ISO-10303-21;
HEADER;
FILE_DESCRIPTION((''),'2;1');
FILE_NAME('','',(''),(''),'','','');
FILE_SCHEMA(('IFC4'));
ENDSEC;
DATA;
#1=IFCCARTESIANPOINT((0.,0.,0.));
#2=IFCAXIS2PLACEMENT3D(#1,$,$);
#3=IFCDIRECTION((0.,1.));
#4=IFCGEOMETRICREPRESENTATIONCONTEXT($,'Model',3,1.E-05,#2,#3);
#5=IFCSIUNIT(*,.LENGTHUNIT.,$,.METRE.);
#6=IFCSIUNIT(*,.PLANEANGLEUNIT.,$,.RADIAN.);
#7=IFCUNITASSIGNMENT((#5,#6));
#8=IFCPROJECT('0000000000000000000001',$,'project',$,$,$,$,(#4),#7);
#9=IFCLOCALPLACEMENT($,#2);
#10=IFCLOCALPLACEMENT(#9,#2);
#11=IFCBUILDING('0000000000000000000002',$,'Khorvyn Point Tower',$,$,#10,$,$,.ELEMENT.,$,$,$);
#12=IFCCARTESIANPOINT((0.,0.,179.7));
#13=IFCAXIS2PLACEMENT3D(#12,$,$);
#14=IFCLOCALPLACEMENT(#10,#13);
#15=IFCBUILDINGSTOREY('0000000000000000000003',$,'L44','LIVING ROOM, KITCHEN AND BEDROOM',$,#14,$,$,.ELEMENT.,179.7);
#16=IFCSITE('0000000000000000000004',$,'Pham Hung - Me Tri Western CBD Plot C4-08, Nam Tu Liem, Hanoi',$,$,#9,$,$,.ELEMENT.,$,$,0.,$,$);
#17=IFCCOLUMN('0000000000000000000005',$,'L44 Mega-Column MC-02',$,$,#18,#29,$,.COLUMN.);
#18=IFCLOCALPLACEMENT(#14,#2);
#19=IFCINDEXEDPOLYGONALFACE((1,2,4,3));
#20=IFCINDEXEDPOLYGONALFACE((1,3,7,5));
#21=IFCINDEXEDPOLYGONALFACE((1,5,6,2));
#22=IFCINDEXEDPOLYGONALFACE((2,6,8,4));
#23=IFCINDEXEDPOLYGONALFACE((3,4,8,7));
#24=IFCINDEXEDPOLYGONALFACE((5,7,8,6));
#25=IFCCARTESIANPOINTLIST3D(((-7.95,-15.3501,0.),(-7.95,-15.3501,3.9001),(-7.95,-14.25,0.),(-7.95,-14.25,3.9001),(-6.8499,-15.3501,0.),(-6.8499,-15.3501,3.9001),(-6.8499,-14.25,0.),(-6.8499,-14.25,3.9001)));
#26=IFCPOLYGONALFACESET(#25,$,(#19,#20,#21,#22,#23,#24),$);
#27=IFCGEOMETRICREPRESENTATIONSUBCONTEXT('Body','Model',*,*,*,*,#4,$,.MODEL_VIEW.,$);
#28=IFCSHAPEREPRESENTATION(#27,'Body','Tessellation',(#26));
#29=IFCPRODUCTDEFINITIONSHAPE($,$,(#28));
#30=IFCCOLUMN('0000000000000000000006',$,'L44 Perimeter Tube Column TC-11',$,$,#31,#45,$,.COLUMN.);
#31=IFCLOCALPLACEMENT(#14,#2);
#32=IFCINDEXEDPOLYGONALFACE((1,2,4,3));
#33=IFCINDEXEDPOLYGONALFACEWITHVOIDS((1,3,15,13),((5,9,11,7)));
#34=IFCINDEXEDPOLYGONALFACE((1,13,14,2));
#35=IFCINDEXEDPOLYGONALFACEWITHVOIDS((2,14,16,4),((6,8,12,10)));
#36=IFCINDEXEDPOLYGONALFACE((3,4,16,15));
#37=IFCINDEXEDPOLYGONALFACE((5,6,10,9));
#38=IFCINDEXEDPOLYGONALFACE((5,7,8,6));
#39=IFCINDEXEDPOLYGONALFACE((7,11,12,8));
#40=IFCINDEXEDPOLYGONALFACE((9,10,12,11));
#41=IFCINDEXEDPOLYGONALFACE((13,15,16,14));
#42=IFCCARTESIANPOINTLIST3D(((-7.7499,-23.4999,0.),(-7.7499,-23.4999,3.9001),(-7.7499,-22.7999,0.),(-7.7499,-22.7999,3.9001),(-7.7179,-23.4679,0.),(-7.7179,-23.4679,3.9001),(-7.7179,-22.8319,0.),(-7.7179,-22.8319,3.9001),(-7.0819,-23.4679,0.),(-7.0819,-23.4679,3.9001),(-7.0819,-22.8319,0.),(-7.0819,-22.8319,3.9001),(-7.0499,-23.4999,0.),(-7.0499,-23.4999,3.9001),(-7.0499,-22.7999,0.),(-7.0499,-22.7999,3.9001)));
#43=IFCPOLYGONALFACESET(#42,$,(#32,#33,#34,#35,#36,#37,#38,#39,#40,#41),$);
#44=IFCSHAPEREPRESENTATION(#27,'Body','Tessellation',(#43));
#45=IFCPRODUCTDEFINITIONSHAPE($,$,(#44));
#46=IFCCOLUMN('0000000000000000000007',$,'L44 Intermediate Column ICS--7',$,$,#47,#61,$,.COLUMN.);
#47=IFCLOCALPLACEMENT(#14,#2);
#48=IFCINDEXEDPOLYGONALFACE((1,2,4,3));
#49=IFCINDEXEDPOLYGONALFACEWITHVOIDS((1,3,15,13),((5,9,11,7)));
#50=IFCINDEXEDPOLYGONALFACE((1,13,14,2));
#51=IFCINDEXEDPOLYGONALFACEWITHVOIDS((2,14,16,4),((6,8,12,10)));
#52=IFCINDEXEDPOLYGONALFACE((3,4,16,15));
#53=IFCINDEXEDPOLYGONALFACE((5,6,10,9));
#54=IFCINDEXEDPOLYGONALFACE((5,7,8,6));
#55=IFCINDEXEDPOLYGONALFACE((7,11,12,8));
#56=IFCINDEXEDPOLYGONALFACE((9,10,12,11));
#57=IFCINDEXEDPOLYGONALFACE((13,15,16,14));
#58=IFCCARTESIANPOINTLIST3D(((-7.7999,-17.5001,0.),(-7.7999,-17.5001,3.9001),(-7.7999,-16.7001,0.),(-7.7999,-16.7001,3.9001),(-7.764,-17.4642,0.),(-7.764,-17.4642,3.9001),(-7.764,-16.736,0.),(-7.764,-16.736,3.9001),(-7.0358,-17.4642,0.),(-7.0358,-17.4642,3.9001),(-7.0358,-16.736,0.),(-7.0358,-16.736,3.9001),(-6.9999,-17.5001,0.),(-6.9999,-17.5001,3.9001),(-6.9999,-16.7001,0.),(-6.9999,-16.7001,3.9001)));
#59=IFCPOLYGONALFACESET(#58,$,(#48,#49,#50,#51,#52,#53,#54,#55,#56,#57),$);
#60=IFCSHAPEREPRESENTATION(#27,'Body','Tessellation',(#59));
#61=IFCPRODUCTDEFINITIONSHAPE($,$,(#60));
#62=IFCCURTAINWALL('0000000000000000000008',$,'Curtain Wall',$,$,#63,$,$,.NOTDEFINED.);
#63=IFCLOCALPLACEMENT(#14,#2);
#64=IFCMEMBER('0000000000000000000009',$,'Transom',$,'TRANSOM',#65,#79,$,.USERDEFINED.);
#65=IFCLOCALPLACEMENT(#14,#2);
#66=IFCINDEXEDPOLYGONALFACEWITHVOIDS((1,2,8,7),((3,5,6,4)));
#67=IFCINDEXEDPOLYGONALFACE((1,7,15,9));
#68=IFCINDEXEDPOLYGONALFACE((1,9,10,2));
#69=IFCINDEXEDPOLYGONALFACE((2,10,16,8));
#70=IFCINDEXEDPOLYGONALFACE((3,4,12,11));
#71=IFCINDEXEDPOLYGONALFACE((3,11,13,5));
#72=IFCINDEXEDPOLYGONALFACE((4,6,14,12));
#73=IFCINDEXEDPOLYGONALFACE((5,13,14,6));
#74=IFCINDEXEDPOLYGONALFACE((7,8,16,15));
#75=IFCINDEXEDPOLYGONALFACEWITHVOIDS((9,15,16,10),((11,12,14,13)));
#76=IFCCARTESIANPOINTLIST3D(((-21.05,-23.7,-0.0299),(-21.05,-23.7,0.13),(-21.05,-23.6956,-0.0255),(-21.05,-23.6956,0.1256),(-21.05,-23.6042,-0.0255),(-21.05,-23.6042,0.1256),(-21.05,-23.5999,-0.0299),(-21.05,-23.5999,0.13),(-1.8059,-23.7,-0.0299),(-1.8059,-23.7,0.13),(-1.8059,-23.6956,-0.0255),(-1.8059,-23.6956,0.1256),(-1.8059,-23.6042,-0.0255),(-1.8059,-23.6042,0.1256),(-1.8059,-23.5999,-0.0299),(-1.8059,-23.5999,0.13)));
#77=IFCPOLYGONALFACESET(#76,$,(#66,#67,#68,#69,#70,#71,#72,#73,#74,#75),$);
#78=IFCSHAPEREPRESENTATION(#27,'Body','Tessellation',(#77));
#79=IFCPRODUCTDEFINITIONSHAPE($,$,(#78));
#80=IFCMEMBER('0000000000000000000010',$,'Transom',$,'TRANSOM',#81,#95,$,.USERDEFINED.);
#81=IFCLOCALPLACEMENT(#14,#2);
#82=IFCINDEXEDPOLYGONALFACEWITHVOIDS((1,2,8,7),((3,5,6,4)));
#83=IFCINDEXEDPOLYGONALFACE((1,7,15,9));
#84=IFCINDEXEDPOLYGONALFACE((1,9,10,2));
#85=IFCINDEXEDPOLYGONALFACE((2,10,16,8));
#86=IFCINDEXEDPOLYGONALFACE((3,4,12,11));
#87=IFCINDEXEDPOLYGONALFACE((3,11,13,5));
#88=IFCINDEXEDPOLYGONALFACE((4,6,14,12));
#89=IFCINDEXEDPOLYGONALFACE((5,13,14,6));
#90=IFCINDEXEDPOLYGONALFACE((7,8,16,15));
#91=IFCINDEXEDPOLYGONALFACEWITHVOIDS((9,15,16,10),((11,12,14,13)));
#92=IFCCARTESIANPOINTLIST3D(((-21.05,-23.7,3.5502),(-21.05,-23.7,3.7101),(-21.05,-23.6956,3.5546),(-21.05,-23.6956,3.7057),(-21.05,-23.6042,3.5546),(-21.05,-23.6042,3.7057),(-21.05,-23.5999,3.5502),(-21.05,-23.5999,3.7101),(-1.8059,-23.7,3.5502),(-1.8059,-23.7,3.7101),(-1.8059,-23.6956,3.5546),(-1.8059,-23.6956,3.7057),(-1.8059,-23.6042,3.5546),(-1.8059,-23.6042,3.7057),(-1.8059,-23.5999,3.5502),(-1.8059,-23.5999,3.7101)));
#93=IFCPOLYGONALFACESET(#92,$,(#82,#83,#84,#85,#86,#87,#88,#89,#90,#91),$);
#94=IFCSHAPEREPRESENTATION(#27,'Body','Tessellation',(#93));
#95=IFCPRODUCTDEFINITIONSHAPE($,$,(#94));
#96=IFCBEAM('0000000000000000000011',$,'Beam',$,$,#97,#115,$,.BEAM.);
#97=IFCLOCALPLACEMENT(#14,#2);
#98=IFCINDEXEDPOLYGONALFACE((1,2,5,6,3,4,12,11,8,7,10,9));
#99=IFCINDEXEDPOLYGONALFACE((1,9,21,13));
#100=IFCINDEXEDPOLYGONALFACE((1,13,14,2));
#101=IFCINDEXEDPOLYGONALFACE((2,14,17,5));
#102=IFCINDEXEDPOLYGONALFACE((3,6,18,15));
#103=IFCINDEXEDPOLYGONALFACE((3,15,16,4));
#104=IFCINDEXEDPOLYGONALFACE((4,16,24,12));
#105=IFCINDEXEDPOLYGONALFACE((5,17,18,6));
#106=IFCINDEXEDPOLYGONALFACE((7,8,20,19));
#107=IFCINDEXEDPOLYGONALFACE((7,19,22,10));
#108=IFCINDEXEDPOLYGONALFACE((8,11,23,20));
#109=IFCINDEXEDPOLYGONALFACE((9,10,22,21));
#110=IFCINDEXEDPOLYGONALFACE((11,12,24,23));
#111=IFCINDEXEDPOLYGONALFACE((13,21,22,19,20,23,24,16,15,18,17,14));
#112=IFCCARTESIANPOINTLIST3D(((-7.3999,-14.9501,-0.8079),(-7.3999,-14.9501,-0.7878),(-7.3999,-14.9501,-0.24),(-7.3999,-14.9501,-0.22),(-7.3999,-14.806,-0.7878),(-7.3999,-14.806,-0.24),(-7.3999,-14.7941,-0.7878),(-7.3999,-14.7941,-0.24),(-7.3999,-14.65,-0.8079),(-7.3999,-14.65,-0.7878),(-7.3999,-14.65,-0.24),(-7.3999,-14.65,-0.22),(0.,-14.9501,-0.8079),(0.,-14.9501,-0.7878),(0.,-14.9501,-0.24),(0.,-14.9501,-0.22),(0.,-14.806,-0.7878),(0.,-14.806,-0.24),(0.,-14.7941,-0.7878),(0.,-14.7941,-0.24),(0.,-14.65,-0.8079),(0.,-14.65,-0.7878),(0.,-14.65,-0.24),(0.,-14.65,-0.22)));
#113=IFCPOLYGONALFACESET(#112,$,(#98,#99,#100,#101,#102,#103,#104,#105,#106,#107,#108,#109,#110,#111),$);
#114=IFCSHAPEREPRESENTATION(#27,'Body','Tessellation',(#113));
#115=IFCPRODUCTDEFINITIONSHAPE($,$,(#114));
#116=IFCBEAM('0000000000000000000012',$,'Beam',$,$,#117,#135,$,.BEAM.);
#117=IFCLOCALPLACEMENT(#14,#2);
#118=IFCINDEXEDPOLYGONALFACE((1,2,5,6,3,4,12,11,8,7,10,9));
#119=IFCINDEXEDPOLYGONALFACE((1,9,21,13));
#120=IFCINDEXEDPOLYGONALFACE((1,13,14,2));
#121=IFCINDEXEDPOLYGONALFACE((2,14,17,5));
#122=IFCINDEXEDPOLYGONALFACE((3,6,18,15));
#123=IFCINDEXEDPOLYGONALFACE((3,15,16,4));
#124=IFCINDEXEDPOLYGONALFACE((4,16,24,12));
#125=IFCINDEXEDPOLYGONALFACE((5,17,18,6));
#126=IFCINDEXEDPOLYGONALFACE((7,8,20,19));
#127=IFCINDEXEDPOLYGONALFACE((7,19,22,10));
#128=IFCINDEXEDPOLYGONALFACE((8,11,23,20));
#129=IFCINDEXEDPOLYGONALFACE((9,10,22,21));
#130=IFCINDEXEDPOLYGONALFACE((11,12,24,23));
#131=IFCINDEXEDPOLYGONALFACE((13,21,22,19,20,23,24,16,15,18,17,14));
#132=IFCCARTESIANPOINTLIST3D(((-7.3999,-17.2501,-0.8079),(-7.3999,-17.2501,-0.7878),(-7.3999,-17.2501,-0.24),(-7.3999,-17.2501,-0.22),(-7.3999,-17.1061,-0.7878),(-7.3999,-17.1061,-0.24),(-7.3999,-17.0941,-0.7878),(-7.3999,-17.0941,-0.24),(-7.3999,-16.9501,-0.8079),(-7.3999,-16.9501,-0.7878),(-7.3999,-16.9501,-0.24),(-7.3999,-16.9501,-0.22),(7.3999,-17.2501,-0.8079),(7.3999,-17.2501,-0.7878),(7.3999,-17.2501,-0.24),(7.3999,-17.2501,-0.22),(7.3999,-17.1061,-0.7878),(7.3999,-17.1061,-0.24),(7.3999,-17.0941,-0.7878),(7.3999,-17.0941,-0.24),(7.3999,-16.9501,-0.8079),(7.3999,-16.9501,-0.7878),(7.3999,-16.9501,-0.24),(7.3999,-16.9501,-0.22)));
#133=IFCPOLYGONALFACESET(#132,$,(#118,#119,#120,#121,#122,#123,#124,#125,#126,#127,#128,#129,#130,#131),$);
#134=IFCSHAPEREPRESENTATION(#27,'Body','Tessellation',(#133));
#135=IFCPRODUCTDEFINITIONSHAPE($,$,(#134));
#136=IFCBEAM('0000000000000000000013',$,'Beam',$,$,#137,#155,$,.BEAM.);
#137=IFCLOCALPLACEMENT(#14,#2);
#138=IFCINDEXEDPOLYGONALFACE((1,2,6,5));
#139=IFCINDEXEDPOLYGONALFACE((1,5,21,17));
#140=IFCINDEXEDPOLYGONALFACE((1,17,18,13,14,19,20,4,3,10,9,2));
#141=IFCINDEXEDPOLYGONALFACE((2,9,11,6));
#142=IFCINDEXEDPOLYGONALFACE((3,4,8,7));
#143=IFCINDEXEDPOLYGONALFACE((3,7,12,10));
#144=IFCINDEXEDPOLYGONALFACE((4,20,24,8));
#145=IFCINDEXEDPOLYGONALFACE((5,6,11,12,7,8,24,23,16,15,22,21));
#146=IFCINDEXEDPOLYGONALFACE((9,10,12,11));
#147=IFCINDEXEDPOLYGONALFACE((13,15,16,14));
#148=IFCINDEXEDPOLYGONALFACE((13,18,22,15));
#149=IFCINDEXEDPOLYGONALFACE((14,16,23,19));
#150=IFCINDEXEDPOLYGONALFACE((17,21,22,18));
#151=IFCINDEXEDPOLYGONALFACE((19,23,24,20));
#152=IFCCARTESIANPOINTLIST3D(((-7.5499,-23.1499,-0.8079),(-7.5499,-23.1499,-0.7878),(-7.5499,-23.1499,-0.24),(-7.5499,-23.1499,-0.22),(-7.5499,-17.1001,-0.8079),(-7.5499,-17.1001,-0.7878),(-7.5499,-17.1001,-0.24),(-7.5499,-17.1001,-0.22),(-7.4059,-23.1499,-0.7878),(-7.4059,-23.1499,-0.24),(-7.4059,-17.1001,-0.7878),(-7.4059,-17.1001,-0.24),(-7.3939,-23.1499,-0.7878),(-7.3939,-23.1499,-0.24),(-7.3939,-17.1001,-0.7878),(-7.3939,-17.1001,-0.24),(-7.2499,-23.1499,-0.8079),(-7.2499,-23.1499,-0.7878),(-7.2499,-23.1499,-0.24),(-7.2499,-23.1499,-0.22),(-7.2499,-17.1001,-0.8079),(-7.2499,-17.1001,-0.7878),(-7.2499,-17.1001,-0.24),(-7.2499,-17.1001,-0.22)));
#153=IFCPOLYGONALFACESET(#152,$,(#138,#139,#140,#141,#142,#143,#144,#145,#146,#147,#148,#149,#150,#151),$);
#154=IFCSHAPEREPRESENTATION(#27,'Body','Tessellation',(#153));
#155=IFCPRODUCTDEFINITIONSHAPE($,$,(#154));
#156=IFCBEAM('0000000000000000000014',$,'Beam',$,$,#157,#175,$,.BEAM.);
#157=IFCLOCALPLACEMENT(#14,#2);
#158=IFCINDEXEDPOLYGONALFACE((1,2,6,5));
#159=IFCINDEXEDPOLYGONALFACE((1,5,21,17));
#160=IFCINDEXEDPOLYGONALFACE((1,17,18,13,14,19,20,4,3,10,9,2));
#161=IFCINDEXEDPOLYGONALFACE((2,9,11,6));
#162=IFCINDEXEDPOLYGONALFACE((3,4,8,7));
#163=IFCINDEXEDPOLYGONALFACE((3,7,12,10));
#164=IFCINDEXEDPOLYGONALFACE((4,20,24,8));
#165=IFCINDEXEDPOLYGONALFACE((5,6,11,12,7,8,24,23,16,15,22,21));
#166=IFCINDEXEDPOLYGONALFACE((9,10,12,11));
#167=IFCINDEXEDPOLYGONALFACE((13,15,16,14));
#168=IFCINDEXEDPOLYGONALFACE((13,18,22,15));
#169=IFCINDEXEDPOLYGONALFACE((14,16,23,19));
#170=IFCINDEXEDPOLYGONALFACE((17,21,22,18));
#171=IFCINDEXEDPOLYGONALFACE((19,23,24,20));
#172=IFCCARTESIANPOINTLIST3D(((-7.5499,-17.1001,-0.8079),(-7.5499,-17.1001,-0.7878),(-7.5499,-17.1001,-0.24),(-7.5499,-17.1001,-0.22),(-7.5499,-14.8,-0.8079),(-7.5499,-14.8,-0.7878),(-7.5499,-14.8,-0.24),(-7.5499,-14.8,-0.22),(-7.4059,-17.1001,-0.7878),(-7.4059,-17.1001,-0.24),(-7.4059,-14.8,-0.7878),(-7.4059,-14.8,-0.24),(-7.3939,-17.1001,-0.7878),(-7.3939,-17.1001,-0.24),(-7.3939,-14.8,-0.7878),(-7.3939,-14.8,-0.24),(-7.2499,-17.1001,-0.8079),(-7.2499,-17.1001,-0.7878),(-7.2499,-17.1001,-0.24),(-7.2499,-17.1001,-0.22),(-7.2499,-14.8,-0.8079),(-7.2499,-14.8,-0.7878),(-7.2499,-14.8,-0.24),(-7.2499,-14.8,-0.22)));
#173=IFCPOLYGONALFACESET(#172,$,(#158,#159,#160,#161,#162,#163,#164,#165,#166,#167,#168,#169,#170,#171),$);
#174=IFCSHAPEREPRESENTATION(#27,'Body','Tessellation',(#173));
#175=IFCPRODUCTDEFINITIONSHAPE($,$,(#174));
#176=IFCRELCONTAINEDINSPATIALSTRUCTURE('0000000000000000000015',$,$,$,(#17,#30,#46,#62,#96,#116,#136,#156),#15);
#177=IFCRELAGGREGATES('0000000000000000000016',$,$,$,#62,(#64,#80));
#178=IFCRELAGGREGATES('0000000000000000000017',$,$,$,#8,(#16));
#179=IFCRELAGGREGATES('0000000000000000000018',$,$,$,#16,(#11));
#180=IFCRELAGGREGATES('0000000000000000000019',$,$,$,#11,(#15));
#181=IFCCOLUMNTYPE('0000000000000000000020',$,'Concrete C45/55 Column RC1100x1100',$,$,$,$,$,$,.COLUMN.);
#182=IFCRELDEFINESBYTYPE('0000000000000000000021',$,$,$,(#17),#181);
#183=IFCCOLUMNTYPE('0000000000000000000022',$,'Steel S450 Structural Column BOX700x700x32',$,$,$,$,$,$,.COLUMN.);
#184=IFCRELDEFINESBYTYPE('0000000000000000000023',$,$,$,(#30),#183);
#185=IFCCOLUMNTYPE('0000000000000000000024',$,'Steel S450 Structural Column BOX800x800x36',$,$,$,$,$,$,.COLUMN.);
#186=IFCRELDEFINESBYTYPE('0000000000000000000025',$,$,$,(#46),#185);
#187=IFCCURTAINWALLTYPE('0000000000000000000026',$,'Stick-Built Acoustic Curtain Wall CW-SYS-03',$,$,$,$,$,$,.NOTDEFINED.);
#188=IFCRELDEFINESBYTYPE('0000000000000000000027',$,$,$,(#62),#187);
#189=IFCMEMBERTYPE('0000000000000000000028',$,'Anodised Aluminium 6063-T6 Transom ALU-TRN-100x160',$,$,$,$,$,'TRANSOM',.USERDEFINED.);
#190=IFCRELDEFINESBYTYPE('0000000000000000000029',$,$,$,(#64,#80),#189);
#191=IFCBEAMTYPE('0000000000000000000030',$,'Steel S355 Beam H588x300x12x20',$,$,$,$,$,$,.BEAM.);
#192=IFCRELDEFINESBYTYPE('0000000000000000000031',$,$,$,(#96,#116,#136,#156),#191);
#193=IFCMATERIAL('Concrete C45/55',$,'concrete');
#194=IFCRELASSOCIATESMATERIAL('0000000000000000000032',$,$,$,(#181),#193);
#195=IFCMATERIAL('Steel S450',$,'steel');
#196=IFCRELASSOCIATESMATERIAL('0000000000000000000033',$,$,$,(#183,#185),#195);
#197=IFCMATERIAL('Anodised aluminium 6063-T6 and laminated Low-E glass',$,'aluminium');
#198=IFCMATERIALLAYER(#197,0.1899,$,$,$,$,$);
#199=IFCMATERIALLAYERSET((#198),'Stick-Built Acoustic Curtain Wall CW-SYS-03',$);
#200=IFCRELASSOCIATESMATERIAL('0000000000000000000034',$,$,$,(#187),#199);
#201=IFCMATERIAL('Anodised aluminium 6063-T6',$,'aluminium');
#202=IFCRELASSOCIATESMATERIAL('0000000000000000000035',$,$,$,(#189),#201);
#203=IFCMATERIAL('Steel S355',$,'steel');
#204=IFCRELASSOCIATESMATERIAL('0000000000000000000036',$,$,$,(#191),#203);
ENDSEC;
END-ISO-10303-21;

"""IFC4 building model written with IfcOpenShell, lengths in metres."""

from ifc_helpers import new_model, si_unit, direction, frame, origin, origin_2d, place, context, subcontext, project, spatial, rectangle, hollow_rectangle, i_section, extrude, material, layer, layer_set, material_profile, profile_set, type_object, element, aggregate, save


model = new_model("IFC4")

# Units and contexts
model_context = context("Model", 3, precision=1e-05, world=origin(), true_north=direction((0.0, 1.0)))
body_context = subcontext(model_context, "Body", "Model", "MODEL_VIEW")
ifc_project = project(units=[si_unit("LENGTHUNIT", "METRE"), si_unit("PLANEANGLEUNIT", "RADIAN")], contexts=[model_context])

# Site, building, storey
site_placement = place(None, origin())
site = spatial("IfcSite", under=ifc_project, at=site_placement, Name="Pham Hung - Me Tri Western CBD Plot C4-08, Nam Tu Liem, Hanoi", CompositionType="ELEMENT", RefElevation=0.0)
building_placement = place(site_placement, origin())
building = spatial("IfcBuilding", under=site, at=building_placement, Name="Khorvyn Point Tower", CompositionType="ELEMENT")
storey_placement = place(building_placement, frame((0.0, 0.0, 179.7)))
storey = spatial("IfcBuildingStorey", under=building, at=storey_placement, Name="L44", Description="LIVING ROOM, KITCHEN AND BEDROOM", CompositionType="ELEMENT", Elevation=179.7)

# Columns
ifc_material_1 = material(Name="Concrete C45/55", Category="concrete")
ifc_material_profile_1 = material_profile(ifc_material_1, rectangle(XDim=1.1001, YDim=1.1001, at=origin_2d()))
ifc_profile_set_1 = profile_set([ifc_material_profile_1], Name="Concrete C45/55 RC1100x1100")
column_type_1 = type_object("IfcColumnType", Name="Concrete C45/55 Column RC1100x1100", PredefinedType="COLUMN", material=ifc_profile_set_1)
column_1_placement = place(storey_placement, frame((-7.3999, -14.8, 0.0), z_axis=(0.0, 0.0, 1.0), x_axis=(1.0, 0.0, 0.0)))
element("IfcColumn", 1, at=column_1_placement, inside=storey, type_object=column_type_1, Name="L44 Mega-Column MC-02", PredefinedType="COLUMN", context=body_context, shape_type="SweptSolid", body=[
    extrude(rectangle(XDim=1.1001, YDim=1.1001, at=origin_2d()), origin(), (0.0, 0.0, 1.0), 3.9001),
])
ifc_material_2 = material(Name="Steel S450", Category="steel")
ifc_material_profile_2 = material_profile(ifc_material_2, hollow_rectangle(XDim=0.7, YDim=0.7, WallThickness=0.032, at=origin_2d()))
ifc_profile_set_2 = profile_set([ifc_material_profile_2], Name="Steel S450 BOX700x700x32")
column_type_2 = type_object("IfcColumnType", Name="Steel S450 Structural Column BOX700x700x32", PredefinedType="COLUMN", material=ifc_profile_set_2)
column_2_placement = place(storey_placement, frame((-7.3999, -23.1499, 0.0), z_axis=(0.0, 0.0, 1.0), x_axis=(1.0, 0.0, 0.0)))
element("IfcColumn", 2, at=column_2_placement, inside=storey, type_object=column_type_2, Name="L44 Perimeter Tube Column TC-11", PredefinedType="COLUMN", context=body_context, shape_type="SweptSolid", body=[
    extrude(hollow_rectangle(XDim=0.7, YDim=0.7, WallThickness=0.032, at=origin_2d()), origin(), (0.0, 0.0, 1.0), 3.9001),
])
ifc_material_profile_3 = material_profile(ifc_material_2, hollow_rectangle(XDim=0.8, YDim=0.8, WallThickness=0.0359, at=origin_2d()))
ifc_profile_set_3 = profile_set([ifc_material_profile_3], Name="Steel S450 BOX800x800x36")
column_type_3 = type_object("IfcColumnType", Name="Steel S450 Structural Column BOX800x800x36", PredefinedType="COLUMN", material=ifc_profile_set_3)
column_3_placement = place(storey_placement, frame((-7.3999, -17.1001, 0.0), z_axis=(0.0, 0.0, 1.0), x_axis=(1.0, 0.0, 0.0)))
element("IfcColumn", 3, at=column_3_placement, inside=storey, type_object=column_type_3, Name="L44 Intermediate Column ICS--7", PredefinedType="COLUMN", context=body_context, shape_type="SweptSolid", body=[
    extrude(hollow_rectangle(XDim=0.8, YDim=0.8, WallThickness=0.0359, at=origin_2d()), origin(), (0.0, 0.0, 1.0), 3.9001),
])

# Curtain wall, members
ifc_material_3 = material(Name="Anodised aluminium 6063-T6 and laminated Low-E glass", Category="aluminium")
ifc_layer_1 = layer(ifc_material_3, 0.1899)
ifc_layer_set_1 = layer_set([ifc_layer_1], Name="Stick-Built Acoustic Curtain Wall CW-SYS-03")
curtain_wall_type = type_object("IfcCurtainWallType", Name="Stick-Built Acoustic Curtain Wall CW-SYS-03", PredefinedType="NOTDEFINED", material=ifc_layer_set_1)
curtain_wall_placement = place(storey_placement, origin())
curtain_wall = element("IfcCurtainWall", 4, at=curtain_wall_placement, inside=storey, type_object=curtain_wall_type, Name="Curtain Wall", PredefinedType="NOTDEFINED")
ifc_material_4 = material(Name="Anodised aluminium 6063-T6", Category="aluminium")
ifc_material_profile_4 = material_profile(ifc_material_4, hollow_rectangle(XDim=0.1001, YDim=0.1599, WallThickness=0.0044, at=origin_2d()))
ifc_profile_set_4 = profile_set([ifc_material_profile_4], Name="Anodised aluminium 6063-T6 ALU-TRN-100x160")
member_type = type_object("IfcMemberType", Name="Anodised Aluminium 6063-T6 Transom ALU-TRN-100x160", ElementType="TRANSOM", PredefinedType="USERDEFINED", material=ifc_profile_set_4)
member_1_placement = place(storey_placement, frame((-1.8059, -23.6499, 0.05), z_axis=(-1.0, 0.0, 0.0), x_axis=(0.0, -1.0, 0.0)))
member_1 = element("IfcMember", 5, at=member_1_placement, type_object=member_type, Name="Transom", ObjectType="TRANSOM", PredefinedType="USERDEFINED", context=body_context, shape_type="SweptSolid", body=[
    extrude(hollow_rectangle(XDim=0.1001, YDim=0.1599, WallThickness=0.0044, at=origin_2d()), origin(), (0.0, 0.0, 1.0), 19.2441),
])
member_2_placement = place(storey_placement, frame((-1.8059, -23.6499, 3.6301), z_axis=(-1.0, 0.0, 0.0), x_axis=(0.0, -1.0, 0.0)))
member_2 = element("IfcMember", 6, at=member_2_placement, type_object=member_type, Name="Transom", ObjectType="TRANSOM", PredefinedType="USERDEFINED", context=body_context, shape_type="SweptSolid", body=[
    extrude(hollow_rectangle(XDim=0.1001, YDim=0.1599, WallThickness=0.0044, at=origin_2d()), origin(), (0.0, 0.0, 1.0), 19.2441),
])

# Beams
ifc_material_5 = material(Name="Steel S355", Category="steel")
ifc_material_profile_5 = material_profile(ifc_material_5, i_section(OverallWidth=0.3, OverallDepth=0.5879, WebThickness=0.012, FlangeThickness=0.02, at=origin_2d()))
ifc_profile_set_5 = profile_set([ifc_material_profile_5], Name="Steel S355 H588x300x12x20")
beam_type_1 = type_object("IfcBeamType", Name="Steel S355 Beam H588x300x12x20", PredefinedType="BEAM", material=ifc_profile_set_5)
beam_1_placement = place(storey_placement, frame((-7.3999, -14.8, -0.5139), z_axis=(1.0, 0.0, 0.0), x_axis=(0.0, 1.0, 0.0)))
element("IfcBeam", 7, at=beam_1_placement, inside=storey, type_object=beam_type_1, Name="Beam", PredefinedType="BEAM", context=body_context, shape_type="SweptSolid", body=[
    extrude(i_section(OverallWidth=0.3, OverallDepth=0.5879, WebThickness=0.012, FlangeThickness=0.02, at=origin_2d()), origin(), (0.0, 0.0, 1.0), 7.3999),
])
beam_2_placement = place(storey_placement, frame((-7.3999, -17.1001, -0.5139), z_axis=(1.0, 0.0, 0.0), x_axis=(0.0, 1.0, 0.0)))
element("IfcBeam", 8, at=beam_2_placement, inside=storey, type_object=beam_type_1, Name="Beam", PredefinedType="BEAM", context=body_context, shape_type="SweptSolid", body=[
    extrude(i_section(OverallWidth=0.3, OverallDepth=0.5879, WebThickness=0.012, FlangeThickness=0.02, at=origin_2d()), origin(), (0.0, 0.0, 1.0), 14.7998),
])
beam_3_placement = place(storey_placement, frame((-7.3999, -23.1499, -0.5139), z_axis=(0.0, 1.0, 0.0), x_axis=(-1.0, 0.0, 0.0)))
element("IfcBeam", 9, at=beam_3_placement, inside=storey, type_object=beam_type_1, Name="Beam", PredefinedType="BEAM", context=body_context, shape_type="SweptSolid", body=[
    extrude(i_section(OverallWidth=0.3, OverallDepth=0.5879, WebThickness=0.012, FlangeThickness=0.02, at=origin_2d()), origin(), (0.0, 0.0, 1.0), 6.0498),
])
beam_4_placement = place(storey_placement, frame((-7.3999, -17.1001, -0.5139), z_axis=(0.0, 1.0, 0.0), x_axis=(-1.0, 0.0, 0.0)))
element("IfcBeam", 10, at=beam_4_placement, inside=storey, type_object=beam_type_1, Name="Beam", PredefinedType="BEAM", context=body_context, shape_type="SweptSolid", body=[
    extrude(i_section(OverallWidth=0.3, OverallDepth=0.5879, WebThickness=0.012, FlangeThickness=0.02, at=origin_2d()), origin(), (0.0, 0.0, 1.0), 2.3),
])

aggregate(curtain_wall, [member_1, member_2])

save(model, "model.ifc")
